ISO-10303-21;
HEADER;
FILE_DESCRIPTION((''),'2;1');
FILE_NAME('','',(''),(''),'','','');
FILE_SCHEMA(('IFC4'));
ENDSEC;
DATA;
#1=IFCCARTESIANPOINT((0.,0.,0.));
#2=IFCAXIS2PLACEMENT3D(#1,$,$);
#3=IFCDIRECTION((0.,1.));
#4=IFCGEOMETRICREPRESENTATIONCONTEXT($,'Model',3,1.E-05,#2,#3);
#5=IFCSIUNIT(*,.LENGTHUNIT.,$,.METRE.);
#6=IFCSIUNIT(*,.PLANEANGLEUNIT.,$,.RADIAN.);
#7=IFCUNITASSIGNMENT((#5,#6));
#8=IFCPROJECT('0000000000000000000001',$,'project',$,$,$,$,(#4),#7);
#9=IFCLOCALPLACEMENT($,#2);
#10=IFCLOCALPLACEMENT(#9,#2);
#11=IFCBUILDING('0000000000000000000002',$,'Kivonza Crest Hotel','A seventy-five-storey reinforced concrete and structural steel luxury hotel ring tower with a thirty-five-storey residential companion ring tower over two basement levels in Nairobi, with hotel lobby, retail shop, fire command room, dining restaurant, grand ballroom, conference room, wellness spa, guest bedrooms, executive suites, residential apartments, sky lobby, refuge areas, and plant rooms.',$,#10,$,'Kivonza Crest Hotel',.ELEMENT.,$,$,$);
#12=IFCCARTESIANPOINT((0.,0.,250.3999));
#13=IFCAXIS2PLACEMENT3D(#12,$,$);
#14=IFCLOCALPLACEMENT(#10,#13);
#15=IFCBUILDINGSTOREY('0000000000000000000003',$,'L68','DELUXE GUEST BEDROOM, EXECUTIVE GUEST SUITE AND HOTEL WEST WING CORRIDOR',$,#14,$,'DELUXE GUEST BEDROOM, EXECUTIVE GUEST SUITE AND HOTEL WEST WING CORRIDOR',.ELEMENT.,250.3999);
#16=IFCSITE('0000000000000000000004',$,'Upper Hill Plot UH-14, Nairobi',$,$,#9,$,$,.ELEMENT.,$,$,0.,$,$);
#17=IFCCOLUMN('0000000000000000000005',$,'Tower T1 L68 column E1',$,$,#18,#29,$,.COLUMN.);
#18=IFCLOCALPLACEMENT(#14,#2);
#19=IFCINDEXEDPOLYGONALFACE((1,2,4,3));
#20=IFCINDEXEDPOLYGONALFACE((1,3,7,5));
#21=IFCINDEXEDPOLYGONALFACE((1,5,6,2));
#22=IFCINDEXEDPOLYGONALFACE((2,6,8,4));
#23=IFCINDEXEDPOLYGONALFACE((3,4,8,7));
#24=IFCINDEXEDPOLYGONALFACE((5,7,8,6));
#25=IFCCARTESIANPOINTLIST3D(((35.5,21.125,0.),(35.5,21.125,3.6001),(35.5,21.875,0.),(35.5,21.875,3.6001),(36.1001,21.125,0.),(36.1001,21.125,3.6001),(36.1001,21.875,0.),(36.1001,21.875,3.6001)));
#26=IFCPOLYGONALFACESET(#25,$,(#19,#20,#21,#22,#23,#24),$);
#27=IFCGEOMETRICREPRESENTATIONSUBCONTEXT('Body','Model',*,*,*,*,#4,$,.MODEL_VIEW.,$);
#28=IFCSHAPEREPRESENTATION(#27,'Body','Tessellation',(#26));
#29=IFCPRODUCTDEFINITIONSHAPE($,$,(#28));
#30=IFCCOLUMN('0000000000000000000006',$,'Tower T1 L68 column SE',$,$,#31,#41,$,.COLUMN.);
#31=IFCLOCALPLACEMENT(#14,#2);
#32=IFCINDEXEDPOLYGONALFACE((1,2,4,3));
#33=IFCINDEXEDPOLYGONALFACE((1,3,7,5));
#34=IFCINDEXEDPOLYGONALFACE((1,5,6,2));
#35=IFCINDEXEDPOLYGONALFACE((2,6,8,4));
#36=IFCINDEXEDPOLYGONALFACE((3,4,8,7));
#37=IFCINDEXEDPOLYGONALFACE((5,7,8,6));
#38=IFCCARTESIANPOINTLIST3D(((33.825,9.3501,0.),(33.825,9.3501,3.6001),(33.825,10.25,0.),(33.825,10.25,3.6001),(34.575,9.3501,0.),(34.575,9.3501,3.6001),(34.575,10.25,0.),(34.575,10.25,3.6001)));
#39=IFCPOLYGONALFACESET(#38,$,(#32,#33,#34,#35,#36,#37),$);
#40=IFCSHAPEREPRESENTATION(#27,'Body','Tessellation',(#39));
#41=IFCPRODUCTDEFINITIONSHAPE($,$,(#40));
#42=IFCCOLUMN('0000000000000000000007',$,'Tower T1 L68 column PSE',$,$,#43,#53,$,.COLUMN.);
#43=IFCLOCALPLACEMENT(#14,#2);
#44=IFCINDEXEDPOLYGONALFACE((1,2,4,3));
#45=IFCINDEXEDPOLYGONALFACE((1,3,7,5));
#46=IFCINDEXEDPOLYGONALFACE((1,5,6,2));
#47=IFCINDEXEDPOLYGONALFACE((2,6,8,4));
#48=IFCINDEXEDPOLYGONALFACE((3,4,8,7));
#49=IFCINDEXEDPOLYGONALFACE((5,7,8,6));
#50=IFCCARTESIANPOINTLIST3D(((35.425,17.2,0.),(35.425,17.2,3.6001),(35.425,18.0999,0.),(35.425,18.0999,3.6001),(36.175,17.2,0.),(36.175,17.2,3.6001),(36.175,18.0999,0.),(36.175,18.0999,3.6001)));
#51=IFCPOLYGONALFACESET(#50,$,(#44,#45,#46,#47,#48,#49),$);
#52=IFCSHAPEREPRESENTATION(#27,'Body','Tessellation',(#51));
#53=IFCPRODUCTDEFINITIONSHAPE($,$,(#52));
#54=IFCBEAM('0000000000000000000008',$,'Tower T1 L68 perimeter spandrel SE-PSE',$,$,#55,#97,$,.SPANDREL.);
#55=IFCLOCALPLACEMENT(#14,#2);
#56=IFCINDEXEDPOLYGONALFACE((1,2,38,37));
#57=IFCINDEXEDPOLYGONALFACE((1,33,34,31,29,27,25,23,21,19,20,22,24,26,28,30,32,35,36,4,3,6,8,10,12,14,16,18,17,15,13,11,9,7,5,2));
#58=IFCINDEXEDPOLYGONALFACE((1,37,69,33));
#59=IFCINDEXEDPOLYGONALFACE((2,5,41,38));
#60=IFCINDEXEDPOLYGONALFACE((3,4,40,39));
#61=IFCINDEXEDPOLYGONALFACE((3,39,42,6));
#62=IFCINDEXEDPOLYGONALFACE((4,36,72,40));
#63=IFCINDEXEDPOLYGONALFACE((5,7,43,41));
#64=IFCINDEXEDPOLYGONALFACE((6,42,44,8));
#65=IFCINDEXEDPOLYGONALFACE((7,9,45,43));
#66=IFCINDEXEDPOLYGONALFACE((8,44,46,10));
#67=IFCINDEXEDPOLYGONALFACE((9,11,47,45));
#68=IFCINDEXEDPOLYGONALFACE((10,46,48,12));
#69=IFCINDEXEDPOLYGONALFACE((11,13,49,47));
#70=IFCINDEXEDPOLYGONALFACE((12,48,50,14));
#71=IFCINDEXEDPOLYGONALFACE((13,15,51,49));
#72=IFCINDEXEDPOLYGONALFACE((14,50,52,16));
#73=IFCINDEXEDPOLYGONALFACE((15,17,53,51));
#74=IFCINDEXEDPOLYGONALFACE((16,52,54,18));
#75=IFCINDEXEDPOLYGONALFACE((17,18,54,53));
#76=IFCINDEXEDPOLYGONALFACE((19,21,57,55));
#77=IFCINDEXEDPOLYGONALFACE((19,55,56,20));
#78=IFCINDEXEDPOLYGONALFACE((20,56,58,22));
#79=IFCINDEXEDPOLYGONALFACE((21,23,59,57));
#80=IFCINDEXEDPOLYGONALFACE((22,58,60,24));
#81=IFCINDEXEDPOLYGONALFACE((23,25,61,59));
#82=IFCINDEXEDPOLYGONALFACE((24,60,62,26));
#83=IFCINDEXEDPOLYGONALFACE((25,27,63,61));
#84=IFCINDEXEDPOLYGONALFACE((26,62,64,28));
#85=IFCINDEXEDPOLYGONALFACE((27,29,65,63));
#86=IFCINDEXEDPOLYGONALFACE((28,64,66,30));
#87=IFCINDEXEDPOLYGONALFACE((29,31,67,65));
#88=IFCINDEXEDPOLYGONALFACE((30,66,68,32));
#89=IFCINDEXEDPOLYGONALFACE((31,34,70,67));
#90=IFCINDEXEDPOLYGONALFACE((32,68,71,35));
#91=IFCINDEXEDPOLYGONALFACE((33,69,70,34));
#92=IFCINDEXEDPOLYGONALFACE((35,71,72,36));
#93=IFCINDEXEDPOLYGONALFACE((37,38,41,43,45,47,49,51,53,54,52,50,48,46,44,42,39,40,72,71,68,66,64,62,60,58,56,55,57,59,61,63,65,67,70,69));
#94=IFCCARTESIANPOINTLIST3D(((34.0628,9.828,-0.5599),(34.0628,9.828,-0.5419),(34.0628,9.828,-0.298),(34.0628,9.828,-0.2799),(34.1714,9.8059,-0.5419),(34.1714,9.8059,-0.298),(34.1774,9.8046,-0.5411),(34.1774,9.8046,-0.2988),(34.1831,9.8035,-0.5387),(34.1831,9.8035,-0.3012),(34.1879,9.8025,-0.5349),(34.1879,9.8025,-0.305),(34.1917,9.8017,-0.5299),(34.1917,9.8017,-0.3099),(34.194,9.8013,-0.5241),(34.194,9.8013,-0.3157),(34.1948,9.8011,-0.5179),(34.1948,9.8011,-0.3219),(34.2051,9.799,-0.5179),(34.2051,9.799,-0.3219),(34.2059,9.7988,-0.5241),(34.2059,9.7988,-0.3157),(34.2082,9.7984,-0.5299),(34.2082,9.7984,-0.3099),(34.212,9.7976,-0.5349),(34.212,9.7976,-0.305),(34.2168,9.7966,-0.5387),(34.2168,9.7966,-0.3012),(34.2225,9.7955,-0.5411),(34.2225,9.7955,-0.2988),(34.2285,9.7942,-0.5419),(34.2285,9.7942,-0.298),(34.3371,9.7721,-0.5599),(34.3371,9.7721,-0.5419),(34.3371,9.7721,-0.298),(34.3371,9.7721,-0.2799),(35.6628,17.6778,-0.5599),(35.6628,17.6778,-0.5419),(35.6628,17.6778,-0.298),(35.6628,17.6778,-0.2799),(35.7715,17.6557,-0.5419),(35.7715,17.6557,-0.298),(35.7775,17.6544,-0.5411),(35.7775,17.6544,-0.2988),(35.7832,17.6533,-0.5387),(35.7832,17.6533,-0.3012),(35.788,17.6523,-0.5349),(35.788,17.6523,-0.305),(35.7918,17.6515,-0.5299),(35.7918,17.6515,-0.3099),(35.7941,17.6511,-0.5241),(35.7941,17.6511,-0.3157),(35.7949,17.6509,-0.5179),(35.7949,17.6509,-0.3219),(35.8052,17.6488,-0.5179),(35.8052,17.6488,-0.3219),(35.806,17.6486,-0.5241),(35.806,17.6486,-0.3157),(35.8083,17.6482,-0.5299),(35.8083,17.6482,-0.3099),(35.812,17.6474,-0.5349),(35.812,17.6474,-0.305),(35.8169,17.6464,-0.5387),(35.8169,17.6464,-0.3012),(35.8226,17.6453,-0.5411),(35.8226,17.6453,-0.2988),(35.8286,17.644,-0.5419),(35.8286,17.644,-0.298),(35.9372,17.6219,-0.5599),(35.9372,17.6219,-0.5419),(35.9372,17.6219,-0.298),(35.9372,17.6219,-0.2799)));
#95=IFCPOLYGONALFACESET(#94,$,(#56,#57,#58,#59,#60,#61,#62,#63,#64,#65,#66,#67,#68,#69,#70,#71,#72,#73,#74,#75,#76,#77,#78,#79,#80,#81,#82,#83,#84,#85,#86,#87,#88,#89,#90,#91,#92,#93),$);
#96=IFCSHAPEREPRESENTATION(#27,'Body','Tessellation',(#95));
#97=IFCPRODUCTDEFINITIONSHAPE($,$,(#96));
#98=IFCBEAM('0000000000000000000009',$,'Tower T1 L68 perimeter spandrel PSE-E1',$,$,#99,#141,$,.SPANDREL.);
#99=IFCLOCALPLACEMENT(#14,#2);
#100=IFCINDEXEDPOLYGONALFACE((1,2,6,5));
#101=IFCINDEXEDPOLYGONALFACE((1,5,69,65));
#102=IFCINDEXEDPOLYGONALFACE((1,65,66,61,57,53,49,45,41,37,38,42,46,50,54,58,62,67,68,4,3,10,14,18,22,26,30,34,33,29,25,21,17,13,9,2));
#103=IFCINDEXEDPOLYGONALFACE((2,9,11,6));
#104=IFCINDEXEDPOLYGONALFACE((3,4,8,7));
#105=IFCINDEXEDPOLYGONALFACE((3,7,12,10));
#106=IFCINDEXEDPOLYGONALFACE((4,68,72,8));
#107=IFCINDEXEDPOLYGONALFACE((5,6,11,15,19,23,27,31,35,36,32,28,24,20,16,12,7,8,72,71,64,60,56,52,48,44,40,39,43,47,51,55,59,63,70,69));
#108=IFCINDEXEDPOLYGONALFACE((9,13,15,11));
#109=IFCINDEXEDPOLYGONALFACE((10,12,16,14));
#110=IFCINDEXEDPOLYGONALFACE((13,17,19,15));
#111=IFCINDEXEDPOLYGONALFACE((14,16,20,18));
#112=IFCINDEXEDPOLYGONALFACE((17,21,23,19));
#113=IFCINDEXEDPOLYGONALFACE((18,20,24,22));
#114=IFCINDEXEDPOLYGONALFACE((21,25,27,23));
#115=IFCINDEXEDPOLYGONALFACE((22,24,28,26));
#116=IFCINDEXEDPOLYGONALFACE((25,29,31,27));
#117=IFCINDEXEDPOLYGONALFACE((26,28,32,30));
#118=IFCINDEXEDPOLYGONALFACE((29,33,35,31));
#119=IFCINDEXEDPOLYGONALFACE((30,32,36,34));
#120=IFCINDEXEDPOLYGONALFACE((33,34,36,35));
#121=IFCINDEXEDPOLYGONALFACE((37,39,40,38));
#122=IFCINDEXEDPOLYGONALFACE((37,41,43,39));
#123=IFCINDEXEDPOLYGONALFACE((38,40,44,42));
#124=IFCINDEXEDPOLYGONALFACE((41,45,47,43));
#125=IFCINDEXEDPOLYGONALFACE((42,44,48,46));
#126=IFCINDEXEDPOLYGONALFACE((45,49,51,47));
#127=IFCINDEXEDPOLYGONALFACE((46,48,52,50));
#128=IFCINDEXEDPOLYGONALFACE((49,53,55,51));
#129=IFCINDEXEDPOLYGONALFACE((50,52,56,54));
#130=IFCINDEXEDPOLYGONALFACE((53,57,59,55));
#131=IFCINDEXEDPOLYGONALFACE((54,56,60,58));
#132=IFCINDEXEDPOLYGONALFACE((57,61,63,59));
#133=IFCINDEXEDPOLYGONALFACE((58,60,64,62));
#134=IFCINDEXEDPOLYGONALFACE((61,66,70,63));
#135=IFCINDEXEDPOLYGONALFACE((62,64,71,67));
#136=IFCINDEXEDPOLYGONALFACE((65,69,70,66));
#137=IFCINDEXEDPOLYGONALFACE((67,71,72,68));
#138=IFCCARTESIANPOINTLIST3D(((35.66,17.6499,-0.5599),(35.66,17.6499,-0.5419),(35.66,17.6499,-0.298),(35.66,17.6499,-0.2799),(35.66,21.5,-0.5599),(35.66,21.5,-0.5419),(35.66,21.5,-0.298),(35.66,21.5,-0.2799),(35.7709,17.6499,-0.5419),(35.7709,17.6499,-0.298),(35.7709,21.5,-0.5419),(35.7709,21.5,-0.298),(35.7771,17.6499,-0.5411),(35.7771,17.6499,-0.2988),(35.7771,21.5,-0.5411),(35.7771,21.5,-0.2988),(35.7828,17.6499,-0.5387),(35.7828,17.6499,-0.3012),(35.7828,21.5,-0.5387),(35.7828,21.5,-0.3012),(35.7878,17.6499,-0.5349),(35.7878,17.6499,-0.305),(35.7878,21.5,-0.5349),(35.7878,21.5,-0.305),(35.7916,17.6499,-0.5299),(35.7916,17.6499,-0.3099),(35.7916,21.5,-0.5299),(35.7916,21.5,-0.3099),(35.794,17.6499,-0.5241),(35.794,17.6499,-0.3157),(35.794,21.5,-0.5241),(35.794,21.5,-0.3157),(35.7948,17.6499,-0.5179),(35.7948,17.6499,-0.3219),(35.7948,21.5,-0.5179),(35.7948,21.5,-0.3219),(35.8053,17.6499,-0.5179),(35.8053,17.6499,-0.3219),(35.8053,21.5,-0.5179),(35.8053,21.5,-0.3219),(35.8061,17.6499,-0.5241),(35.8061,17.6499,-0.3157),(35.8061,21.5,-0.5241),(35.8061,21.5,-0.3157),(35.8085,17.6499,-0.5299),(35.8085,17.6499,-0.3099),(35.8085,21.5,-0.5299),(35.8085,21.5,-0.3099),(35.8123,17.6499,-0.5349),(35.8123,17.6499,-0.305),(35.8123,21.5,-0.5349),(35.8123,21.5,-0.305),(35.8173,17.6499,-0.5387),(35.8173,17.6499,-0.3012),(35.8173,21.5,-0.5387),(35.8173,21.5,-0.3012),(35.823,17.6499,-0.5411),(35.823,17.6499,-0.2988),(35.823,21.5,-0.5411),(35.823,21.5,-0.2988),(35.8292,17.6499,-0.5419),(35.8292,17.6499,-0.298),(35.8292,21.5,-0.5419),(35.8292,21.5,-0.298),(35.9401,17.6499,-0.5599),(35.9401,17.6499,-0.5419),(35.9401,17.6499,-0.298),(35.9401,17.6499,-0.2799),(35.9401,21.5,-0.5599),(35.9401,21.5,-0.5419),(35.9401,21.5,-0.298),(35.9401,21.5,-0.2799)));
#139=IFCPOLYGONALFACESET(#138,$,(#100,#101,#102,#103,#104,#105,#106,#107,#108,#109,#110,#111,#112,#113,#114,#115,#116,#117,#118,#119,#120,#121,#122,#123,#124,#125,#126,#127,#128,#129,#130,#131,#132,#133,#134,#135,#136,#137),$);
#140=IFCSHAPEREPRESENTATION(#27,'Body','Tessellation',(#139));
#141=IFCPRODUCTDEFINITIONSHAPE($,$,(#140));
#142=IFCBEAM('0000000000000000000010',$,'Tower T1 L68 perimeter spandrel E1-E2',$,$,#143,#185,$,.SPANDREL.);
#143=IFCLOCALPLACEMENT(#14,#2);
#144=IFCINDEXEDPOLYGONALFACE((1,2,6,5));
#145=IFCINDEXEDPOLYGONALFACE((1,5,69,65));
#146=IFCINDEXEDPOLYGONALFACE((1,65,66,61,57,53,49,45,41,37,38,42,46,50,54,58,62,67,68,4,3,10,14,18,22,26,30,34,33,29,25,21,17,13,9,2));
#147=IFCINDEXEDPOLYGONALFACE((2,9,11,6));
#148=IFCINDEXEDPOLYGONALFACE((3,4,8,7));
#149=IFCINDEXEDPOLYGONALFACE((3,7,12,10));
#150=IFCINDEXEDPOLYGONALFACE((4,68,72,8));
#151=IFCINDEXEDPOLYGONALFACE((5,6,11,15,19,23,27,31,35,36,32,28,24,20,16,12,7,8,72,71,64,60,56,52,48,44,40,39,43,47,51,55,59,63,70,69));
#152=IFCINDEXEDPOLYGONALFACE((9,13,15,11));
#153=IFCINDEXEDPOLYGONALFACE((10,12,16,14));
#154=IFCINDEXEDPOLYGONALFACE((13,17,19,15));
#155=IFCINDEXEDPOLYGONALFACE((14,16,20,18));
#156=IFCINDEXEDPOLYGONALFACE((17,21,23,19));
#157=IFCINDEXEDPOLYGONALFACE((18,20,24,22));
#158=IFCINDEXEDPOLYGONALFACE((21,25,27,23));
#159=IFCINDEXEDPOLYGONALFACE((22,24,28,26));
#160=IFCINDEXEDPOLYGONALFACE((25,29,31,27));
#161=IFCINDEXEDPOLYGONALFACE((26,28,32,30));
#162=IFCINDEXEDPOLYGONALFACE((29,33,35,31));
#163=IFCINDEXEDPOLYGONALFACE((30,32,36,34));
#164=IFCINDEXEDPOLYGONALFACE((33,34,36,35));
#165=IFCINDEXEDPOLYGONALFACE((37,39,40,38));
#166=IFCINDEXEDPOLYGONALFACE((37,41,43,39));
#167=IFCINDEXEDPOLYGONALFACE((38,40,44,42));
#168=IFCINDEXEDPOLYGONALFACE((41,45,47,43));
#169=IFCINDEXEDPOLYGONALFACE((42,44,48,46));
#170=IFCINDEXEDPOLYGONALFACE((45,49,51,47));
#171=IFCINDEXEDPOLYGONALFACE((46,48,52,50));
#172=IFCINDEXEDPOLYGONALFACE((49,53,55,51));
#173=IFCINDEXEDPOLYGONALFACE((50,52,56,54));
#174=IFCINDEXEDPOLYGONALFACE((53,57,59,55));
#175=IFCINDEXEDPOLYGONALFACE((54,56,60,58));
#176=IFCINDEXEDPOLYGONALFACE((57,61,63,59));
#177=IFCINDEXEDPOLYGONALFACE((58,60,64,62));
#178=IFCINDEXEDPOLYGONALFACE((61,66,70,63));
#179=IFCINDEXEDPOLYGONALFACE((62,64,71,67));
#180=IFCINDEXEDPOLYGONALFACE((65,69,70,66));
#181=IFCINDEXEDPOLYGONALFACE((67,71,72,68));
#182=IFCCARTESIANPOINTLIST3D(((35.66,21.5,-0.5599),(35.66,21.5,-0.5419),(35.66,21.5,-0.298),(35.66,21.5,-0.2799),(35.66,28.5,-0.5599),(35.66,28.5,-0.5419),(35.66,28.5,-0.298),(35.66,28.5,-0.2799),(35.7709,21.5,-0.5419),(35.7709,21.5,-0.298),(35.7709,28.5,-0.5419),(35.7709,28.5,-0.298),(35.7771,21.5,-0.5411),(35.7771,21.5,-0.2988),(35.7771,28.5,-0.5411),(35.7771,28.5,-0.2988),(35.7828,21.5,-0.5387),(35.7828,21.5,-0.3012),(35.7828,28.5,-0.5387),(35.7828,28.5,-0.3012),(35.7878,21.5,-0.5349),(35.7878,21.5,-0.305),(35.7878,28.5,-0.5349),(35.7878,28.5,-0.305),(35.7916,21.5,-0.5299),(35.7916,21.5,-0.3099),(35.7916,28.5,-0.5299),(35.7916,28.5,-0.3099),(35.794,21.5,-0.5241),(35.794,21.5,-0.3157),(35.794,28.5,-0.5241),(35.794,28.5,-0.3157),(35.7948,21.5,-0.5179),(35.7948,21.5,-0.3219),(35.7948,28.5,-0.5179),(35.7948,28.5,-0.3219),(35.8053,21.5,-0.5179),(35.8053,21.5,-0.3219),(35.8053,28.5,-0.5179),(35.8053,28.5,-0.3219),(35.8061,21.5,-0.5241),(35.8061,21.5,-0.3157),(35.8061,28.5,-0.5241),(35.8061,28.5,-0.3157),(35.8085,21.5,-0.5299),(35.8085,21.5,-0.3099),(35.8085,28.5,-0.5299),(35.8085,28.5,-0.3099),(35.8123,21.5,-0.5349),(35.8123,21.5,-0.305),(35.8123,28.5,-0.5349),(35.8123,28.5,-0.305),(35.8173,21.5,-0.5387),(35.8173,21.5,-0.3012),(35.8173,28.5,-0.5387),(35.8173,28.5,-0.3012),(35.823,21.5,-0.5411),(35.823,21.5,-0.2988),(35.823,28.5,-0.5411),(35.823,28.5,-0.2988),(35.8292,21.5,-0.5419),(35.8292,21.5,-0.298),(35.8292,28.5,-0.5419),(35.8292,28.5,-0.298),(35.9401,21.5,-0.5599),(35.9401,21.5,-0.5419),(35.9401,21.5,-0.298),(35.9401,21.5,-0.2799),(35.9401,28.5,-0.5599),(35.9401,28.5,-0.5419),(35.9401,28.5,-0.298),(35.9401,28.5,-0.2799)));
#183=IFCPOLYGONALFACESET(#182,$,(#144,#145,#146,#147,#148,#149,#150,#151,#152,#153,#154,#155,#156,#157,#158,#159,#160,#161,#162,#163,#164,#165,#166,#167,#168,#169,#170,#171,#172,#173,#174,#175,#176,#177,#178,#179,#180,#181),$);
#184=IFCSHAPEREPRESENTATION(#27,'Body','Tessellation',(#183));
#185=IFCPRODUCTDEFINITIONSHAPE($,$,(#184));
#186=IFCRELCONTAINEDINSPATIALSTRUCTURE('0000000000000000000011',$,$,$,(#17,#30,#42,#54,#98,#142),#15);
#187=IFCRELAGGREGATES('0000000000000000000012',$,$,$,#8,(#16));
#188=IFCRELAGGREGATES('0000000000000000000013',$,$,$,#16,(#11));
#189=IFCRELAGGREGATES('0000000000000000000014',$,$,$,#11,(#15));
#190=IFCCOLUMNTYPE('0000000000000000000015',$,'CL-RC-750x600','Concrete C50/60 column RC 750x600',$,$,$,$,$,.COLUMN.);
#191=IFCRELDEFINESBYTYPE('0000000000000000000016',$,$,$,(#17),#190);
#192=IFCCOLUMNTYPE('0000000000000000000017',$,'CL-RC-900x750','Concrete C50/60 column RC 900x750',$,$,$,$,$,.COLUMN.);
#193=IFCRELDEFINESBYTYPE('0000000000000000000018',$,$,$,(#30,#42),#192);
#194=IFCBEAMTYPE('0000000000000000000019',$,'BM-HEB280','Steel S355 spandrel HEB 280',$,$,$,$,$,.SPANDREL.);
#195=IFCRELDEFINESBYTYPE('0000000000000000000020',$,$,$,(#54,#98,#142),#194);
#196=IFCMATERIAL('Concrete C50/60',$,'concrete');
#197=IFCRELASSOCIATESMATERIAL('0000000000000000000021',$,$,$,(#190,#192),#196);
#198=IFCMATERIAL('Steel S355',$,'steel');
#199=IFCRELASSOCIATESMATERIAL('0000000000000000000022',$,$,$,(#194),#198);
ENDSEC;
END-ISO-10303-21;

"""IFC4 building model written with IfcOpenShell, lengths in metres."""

from ifc_helpers import new_model, si_unit, direction, frame, origin, origin_2d, place, context, subcontext, project, spatial, rectangle, i_section, extrude, material, material_profile, profile_set, type_object, element, save


model = new_model("IFC4")

# Units and contexts
model_context = context("Model", 3, precision=1e-05, world=origin(), true_north=direction((0.0, 1.0)))
body_context = subcontext(model_context, "Body", "Model", "MODEL_VIEW")
ifc_project = project(units=[si_unit("LENGTHUNIT", "METRE"), si_unit("PLANEANGLEUNIT", "RADIAN")], contexts=[model_context])

# Site, building, storey
site_placement = place(None, origin())
site = spatial("IfcSite", under=ifc_project, at=site_placement, Name="Upper Hill Plot UH-14, Nairobi", CompositionType="ELEMENT", RefElevation=0.0)
building_placement = place(site_placement, origin())
building = spatial("IfcBuilding", under=site, at=building_placement, Name="Kivonza Crest Hotel", Description="A seventy-five-storey reinforced concrete and structural steel luxury hotel ring tower with a thirty-five-storey residential companion ring tower over two basement levels in Nairobi, with hotel lobby, retail shop, fire command room, dining restaurant, grand ballroom, conference room, wellness spa, guest bedrooms, executive suites, residential apartments, sky lobby, refuge areas, and plant rooms.", LongName="Kivonza Crest Hotel", CompositionType="ELEMENT")
storey_placement = place(building_placement, frame((0.0, 0.0, 250.3999)))
storey = spatial("IfcBuildingStorey", under=building, at=storey_placement, Name="L68", Description="DELUXE GUEST BEDROOM, EXECUTIVE GUEST SUITE AND HOTEL WEST WING CORRIDOR", LongName="DELUXE GUEST BEDROOM, EXECUTIVE GUEST SUITE AND HOTEL WEST WING CORRIDOR", CompositionType="ELEMENT", Elevation=250.3999)

# Columns
ifc_material_1 = material(Name="Concrete C50/60", Category="concrete")
ifc_material_profile_1 = material_profile(ifc_material_1, rectangle(XDim=0.6001, YDim=0.75, at=origin_2d()), Name="RC 750x600")
ifc_profile_set_1 = profile_set([ifc_material_profile_1], Name="Concrete C50/60")
column_type_1 = type_object("IfcColumnType", Name="CL-RC-750x600", Description="Concrete C50/60 column RC 750x600", PredefinedType="COLUMN", material=ifc_profile_set_1)
column_placement = place(storey_placement, frame((35.8, 21.5, 0.0), z_axis=(0.0, 0.0, 1.0), x_axis=(1.0, 0.0, 0.0)))
element("IfcColumn", 1, at=column_placement, inside=storey, type_object=column_type_1, Name="Tower T1 L68 column E1", PredefinedType="COLUMN", context=body_context, shape_type="SweptSolid", body=[
    extrude(rectangle(XDim=0.6001, YDim=0.75, at=origin_2d()), origin(), (0.0, 0.0, 1.0), 3.6001),
])
ifc_material_profile_2 = material_profile(ifc_material_1, rectangle(XDim=0.75, YDim=0.8999, at=origin_2d()), Name="RC 900x750")
ifc_profile_set_2 = profile_set([ifc_material_profile_2], Name="Concrete C50/60")
column_type_2 = type_object("IfcColumnType", Name="CL-RC-900x750", Description="Concrete C50/60 column RC 900x750", PredefinedType="COLUMN", material=ifc_profile_set_2)
for number, where, z_axis, x_axis, name in (
    (2, (34.2, 9.8, 0.0), (0.0, 0.0, 1.0), (1.0, 0.0, 0.0), "Tower T1 L68 column SE"),
    (3, (35.8, 17.6499, 0.0), (0.0, 0.0, 1.0), (1.0, 0.0, 0.0), "Tower T1 L68 column PSE"),
):
    element("IfcColumn", number, at=place(storey_placement, frame(where, z_axis=z_axis, x_axis=x_axis)), inside=storey, type_object=column_type_2, Name=name, PredefinedType="COLUMN", context=body_context, shape_type="SweptSolid", body=[
        extrude(rectangle(XDim=0.75, YDim=0.8999, at=origin_2d()), origin(), (0.0, 0.0, 1.0), 3.6001),
    ])

# Beams
ifc_material_2 = material(Name="Steel S355", Category="steel")
ifc_material_profile_3 = material_profile(ifc_material_2, i_section(OverallWidth=0.28, OverallDepth=0.28, WebThickness=0.0105, FlangeThickness=0.0181, FilletRadius=0.0239, at=origin_2d()), Name="HEB 280")
ifc_profile_set_3 = profile_set([ifc_material_profile_3], Name="Steel S355")
beam_type_1 = type_object("IfcBeamType", Name="BM-HEB280", Description="Steel S355 spandrel HEB 280", PredefinedType="SPANDREL", material=ifc_profile_set_3)
beam_1_placement = place(storey_placement, frame((34.2, 9.8, -0.4199), z_axis=(0.199731, 0.979851, 0.0), x_axis=(-0.979851, 0.199731, 0.0)))
element("IfcBeam", 4, at=beam_1_placement, inside=storey, type_object=beam_type_1, Name="Tower T1 L68 perimeter spandrel SE-PSE", PredefinedType="SPANDREL", context=body_context, shape_type="SweptSolid", body=[
    extrude(i_section(OverallWidth=0.28, OverallDepth=0.28, WebThickness=0.0105, FlangeThickness=0.0181, FilletRadius=0.0239, at=origin_2d()), origin(), (0.0, 0.0, 1.0), 8.0112),
])
beam_2_placement = place(storey_placement, frame((35.8, 17.6499, -0.4199), z_axis=(0.0, 1.0, 0.0), x_axis=(-1.0, 0.0, 0.0)))
element("IfcBeam", 5, at=beam_2_placement, inside=storey, type_object=beam_type_1, Name="Tower T1 L68 perimeter spandrel PSE-E1", PredefinedType="SPANDREL", context=body_context, shape_type="SweptSolid", body=[
    extrude(i_section(OverallWidth=0.28, OverallDepth=0.28, WebThickness=0.0105, FlangeThickness=0.0181, FilletRadius=0.0239, at=origin_2d()), origin(), (0.0, 0.0, 1.0), 3.8501),
])
beam_3_placement = place(storey_placement, frame((35.8, 21.5, -0.4199), z_axis=(0.0, 1.0, 0.0), x_axis=(-1.0, 0.0, 0.0)))
element("IfcBeam", 6, at=beam_3_placement, inside=storey, type_object=beam_type_1, Name="Tower T1 L68 perimeter spandrel E1-E2", PredefinedType="SPANDREL", context=body_context, shape_type="SweptSolid", body=[
    extrude(i_section(OverallWidth=0.28, OverallDepth=0.28, WebThickness=0.0105, FlangeThickness=0.0181, FilletRadius=0.0239, at=origin_2d()), origin(), (0.0, 0.0, 1.0), 7.0),
])

save(model, "model.ifc")
